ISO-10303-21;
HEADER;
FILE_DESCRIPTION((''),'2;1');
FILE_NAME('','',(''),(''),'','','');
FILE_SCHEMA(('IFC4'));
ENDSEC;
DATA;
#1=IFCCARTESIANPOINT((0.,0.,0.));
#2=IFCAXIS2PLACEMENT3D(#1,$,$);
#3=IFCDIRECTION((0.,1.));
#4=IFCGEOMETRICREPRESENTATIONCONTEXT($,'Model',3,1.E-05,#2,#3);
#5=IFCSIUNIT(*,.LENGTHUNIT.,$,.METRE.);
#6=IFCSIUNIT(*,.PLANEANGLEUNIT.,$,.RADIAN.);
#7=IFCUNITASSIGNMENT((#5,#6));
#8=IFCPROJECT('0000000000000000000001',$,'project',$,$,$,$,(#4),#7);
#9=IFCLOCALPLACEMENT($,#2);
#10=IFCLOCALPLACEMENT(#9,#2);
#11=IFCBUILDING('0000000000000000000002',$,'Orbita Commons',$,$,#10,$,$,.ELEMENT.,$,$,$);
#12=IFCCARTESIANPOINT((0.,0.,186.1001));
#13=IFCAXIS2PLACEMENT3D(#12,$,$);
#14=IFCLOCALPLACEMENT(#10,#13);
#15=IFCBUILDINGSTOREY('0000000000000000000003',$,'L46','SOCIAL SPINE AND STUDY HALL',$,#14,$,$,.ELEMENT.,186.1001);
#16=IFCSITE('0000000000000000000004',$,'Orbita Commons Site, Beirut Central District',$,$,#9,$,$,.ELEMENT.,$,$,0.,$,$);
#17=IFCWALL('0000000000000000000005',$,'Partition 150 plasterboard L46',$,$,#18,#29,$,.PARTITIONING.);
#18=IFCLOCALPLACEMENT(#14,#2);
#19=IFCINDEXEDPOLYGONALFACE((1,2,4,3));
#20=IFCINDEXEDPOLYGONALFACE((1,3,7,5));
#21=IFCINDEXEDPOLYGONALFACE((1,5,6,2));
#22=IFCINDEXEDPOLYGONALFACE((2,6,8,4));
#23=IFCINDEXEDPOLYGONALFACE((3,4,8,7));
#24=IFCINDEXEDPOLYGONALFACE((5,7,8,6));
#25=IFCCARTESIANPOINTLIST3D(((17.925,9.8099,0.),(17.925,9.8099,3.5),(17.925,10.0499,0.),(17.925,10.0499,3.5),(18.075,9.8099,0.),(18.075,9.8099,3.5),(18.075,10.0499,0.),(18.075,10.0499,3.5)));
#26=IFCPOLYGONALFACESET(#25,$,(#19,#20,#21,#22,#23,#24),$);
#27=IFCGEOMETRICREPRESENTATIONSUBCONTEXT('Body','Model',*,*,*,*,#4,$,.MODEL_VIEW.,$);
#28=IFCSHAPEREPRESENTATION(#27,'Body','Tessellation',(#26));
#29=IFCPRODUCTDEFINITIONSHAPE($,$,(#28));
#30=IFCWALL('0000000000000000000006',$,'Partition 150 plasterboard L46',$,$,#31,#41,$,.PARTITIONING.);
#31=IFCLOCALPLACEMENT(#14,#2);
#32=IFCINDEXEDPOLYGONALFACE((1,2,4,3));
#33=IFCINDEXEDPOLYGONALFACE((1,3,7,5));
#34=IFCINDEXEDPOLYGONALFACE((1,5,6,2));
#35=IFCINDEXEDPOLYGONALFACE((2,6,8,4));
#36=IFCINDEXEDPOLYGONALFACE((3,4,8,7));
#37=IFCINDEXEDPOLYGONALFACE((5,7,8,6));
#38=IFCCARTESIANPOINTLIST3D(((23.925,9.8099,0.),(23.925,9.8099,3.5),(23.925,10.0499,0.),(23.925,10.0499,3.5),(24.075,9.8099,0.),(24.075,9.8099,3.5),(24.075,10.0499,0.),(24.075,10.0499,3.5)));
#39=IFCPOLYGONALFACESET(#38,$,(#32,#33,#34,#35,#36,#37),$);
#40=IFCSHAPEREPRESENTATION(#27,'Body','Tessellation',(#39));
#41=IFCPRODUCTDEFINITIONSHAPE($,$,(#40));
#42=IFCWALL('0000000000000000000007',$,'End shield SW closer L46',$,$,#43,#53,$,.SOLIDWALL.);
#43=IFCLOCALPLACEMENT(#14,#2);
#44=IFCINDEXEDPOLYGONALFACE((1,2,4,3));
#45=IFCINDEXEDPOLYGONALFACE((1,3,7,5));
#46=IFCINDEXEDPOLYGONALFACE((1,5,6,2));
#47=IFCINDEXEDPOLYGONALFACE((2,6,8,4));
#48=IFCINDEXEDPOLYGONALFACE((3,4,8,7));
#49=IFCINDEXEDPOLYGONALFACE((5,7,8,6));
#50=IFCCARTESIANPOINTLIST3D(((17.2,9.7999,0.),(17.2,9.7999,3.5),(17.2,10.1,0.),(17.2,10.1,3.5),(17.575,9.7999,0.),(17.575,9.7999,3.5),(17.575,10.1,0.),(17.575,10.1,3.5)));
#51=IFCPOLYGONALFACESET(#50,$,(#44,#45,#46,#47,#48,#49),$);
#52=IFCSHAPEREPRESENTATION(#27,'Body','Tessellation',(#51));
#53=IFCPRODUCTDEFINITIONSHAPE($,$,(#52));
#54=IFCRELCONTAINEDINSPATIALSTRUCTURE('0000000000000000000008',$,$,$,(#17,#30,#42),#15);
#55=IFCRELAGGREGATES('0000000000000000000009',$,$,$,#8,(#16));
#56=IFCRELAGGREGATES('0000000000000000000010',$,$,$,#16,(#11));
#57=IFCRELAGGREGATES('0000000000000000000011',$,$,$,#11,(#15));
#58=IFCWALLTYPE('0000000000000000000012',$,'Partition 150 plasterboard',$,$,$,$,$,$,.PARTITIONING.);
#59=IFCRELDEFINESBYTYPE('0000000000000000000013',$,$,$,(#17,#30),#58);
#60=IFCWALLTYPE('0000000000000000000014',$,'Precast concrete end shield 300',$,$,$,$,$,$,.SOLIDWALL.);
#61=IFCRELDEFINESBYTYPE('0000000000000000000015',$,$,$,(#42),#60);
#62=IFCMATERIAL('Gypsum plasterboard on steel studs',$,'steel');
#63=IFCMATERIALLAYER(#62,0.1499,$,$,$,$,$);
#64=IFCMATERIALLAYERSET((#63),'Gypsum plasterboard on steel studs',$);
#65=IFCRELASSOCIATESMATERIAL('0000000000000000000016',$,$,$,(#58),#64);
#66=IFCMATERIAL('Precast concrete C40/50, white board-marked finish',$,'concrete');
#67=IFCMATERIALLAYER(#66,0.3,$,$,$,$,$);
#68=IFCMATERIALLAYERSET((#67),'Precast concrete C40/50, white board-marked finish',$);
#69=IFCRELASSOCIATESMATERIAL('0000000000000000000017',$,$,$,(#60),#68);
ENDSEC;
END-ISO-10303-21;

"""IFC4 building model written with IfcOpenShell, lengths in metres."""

from ifc_helpers import new_model, si_unit, direction, frame, frame_2d, origin, place, context, subcontext, project, spatial, rectangle, extrude, material, layer, layer_set, type_object, element, save


model = new_model("IFC4")

# Units and contexts
model_context = context("Model", 3, precision=1e-05, world=origin(), true_north=direction((0.0, 1.0)))
body_context = subcontext(model_context, "Body", "Model", "MODEL_VIEW")
ifc_project = project(units=[si_unit("LENGTHUNIT", "METRE"), si_unit("PLANEANGLEUNIT", "RADIAN")], contexts=[model_context])

# Site, building, storey
site_placement = place(None, origin())
site = spatial("IfcSite", under=ifc_project, at=site_placement, Name="Orbita Commons Site, Beirut Central District", CompositionType="ELEMENT", RefElevation=0.0)
building_placement = place(site_placement, origin())
building = spatial("IfcBuilding", under=site, at=building_placement, Name="Orbita Commons", CompositionType="ELEMENT")
storey_placement = place(building_placement, frame((0.0, 0.0, 186.1001)))
storey = spatial("IfcBuildingStorey", under=building, at=storey_placement, Name="L46", Description="SOCIAL SPINE AND STUDY HALL", CompositionType="ELEMENT", Elevation=186.1001)

# Walls
ifc_material_1 = material(Name="Gypsum plasterboard on steel studs", Category="steel")
ifc_layer_1 = layer(ifc_material_1, 0.1499)
ifc_layer_set_1 = layer_set([ifc_layer_1], Name="Gypsum plasterboard on steel studs")
wall_type_1 = type_object("IfcWallType", Name="Partition 150 plasterboard", PredefinedType="PARTITIONING", material=ifc_layer_set_1)
for number, where, z_axis, x_axis, name in (
    (1, (18.0, 10.05, 0.0), (0.0, 0.0, 1.0), (0.0, -1.0, 0.0), "Partition 150 plasterboard L46"),
    (2, (24.0, 10.05, 0.0), (0.0, 0.0, 1.0), (0.0, -1.0, 0.0), "Partition 150 plasterboard L46"),
):
    element("IfcWall", number, at=place(storey_placement, frame(where, z_axis=z_axis, x_axis=x_axis)), inside=storey, type_object=wall_type_1, Name=name, PredefinedType="PARTITIONING", context=body_context, shape_type="SweptSolid", body=[
        extrude(rectangle(XDim=0.24, YDim=0.1499, at=frame_2d((0.1201, 0.0))), origin(), (0.0, 0.0, 1.0), 3.5),
    ])
ifc_material_2 = material(Name="Precast concrete C40/50, white board-marked finish", Category="concrete")
ifc_layer_2 = layer(ifc_material_2, 0.3)
ifc_layer_set_2 = layer_set([ifc_layer_2], Name="Precast concrete C40/50, white board-marked finish")
wall_type_2 = type_object("IfcWallType", Name="Precast concrete end shield 300", PredefinedType="SOLIDWALL", material=ifc_layer_set_2)
wall_placement = place(storey_placement, frame((17.2, 9.95, 0.0), z_axis=(0.0, 0.0, 1.0), x_axis=(1.0, 0.0, 0.0)))
element("IfcWall", 3, at=wall_placement, inside=storey, type_object=wall_type_2, Name="End shield SW closer L46", PredefinedType="SOLIDWALL", context=body_context, shape_type="SweptSolid", body=[
    extrude(rectangle(XDim=0.375, YDim=0.3, at=frame_2d((0.1875, 0.0))), origin(), (0.0, 0.0, 1.0), 3.5),
])

save(model, "model.ifc")
